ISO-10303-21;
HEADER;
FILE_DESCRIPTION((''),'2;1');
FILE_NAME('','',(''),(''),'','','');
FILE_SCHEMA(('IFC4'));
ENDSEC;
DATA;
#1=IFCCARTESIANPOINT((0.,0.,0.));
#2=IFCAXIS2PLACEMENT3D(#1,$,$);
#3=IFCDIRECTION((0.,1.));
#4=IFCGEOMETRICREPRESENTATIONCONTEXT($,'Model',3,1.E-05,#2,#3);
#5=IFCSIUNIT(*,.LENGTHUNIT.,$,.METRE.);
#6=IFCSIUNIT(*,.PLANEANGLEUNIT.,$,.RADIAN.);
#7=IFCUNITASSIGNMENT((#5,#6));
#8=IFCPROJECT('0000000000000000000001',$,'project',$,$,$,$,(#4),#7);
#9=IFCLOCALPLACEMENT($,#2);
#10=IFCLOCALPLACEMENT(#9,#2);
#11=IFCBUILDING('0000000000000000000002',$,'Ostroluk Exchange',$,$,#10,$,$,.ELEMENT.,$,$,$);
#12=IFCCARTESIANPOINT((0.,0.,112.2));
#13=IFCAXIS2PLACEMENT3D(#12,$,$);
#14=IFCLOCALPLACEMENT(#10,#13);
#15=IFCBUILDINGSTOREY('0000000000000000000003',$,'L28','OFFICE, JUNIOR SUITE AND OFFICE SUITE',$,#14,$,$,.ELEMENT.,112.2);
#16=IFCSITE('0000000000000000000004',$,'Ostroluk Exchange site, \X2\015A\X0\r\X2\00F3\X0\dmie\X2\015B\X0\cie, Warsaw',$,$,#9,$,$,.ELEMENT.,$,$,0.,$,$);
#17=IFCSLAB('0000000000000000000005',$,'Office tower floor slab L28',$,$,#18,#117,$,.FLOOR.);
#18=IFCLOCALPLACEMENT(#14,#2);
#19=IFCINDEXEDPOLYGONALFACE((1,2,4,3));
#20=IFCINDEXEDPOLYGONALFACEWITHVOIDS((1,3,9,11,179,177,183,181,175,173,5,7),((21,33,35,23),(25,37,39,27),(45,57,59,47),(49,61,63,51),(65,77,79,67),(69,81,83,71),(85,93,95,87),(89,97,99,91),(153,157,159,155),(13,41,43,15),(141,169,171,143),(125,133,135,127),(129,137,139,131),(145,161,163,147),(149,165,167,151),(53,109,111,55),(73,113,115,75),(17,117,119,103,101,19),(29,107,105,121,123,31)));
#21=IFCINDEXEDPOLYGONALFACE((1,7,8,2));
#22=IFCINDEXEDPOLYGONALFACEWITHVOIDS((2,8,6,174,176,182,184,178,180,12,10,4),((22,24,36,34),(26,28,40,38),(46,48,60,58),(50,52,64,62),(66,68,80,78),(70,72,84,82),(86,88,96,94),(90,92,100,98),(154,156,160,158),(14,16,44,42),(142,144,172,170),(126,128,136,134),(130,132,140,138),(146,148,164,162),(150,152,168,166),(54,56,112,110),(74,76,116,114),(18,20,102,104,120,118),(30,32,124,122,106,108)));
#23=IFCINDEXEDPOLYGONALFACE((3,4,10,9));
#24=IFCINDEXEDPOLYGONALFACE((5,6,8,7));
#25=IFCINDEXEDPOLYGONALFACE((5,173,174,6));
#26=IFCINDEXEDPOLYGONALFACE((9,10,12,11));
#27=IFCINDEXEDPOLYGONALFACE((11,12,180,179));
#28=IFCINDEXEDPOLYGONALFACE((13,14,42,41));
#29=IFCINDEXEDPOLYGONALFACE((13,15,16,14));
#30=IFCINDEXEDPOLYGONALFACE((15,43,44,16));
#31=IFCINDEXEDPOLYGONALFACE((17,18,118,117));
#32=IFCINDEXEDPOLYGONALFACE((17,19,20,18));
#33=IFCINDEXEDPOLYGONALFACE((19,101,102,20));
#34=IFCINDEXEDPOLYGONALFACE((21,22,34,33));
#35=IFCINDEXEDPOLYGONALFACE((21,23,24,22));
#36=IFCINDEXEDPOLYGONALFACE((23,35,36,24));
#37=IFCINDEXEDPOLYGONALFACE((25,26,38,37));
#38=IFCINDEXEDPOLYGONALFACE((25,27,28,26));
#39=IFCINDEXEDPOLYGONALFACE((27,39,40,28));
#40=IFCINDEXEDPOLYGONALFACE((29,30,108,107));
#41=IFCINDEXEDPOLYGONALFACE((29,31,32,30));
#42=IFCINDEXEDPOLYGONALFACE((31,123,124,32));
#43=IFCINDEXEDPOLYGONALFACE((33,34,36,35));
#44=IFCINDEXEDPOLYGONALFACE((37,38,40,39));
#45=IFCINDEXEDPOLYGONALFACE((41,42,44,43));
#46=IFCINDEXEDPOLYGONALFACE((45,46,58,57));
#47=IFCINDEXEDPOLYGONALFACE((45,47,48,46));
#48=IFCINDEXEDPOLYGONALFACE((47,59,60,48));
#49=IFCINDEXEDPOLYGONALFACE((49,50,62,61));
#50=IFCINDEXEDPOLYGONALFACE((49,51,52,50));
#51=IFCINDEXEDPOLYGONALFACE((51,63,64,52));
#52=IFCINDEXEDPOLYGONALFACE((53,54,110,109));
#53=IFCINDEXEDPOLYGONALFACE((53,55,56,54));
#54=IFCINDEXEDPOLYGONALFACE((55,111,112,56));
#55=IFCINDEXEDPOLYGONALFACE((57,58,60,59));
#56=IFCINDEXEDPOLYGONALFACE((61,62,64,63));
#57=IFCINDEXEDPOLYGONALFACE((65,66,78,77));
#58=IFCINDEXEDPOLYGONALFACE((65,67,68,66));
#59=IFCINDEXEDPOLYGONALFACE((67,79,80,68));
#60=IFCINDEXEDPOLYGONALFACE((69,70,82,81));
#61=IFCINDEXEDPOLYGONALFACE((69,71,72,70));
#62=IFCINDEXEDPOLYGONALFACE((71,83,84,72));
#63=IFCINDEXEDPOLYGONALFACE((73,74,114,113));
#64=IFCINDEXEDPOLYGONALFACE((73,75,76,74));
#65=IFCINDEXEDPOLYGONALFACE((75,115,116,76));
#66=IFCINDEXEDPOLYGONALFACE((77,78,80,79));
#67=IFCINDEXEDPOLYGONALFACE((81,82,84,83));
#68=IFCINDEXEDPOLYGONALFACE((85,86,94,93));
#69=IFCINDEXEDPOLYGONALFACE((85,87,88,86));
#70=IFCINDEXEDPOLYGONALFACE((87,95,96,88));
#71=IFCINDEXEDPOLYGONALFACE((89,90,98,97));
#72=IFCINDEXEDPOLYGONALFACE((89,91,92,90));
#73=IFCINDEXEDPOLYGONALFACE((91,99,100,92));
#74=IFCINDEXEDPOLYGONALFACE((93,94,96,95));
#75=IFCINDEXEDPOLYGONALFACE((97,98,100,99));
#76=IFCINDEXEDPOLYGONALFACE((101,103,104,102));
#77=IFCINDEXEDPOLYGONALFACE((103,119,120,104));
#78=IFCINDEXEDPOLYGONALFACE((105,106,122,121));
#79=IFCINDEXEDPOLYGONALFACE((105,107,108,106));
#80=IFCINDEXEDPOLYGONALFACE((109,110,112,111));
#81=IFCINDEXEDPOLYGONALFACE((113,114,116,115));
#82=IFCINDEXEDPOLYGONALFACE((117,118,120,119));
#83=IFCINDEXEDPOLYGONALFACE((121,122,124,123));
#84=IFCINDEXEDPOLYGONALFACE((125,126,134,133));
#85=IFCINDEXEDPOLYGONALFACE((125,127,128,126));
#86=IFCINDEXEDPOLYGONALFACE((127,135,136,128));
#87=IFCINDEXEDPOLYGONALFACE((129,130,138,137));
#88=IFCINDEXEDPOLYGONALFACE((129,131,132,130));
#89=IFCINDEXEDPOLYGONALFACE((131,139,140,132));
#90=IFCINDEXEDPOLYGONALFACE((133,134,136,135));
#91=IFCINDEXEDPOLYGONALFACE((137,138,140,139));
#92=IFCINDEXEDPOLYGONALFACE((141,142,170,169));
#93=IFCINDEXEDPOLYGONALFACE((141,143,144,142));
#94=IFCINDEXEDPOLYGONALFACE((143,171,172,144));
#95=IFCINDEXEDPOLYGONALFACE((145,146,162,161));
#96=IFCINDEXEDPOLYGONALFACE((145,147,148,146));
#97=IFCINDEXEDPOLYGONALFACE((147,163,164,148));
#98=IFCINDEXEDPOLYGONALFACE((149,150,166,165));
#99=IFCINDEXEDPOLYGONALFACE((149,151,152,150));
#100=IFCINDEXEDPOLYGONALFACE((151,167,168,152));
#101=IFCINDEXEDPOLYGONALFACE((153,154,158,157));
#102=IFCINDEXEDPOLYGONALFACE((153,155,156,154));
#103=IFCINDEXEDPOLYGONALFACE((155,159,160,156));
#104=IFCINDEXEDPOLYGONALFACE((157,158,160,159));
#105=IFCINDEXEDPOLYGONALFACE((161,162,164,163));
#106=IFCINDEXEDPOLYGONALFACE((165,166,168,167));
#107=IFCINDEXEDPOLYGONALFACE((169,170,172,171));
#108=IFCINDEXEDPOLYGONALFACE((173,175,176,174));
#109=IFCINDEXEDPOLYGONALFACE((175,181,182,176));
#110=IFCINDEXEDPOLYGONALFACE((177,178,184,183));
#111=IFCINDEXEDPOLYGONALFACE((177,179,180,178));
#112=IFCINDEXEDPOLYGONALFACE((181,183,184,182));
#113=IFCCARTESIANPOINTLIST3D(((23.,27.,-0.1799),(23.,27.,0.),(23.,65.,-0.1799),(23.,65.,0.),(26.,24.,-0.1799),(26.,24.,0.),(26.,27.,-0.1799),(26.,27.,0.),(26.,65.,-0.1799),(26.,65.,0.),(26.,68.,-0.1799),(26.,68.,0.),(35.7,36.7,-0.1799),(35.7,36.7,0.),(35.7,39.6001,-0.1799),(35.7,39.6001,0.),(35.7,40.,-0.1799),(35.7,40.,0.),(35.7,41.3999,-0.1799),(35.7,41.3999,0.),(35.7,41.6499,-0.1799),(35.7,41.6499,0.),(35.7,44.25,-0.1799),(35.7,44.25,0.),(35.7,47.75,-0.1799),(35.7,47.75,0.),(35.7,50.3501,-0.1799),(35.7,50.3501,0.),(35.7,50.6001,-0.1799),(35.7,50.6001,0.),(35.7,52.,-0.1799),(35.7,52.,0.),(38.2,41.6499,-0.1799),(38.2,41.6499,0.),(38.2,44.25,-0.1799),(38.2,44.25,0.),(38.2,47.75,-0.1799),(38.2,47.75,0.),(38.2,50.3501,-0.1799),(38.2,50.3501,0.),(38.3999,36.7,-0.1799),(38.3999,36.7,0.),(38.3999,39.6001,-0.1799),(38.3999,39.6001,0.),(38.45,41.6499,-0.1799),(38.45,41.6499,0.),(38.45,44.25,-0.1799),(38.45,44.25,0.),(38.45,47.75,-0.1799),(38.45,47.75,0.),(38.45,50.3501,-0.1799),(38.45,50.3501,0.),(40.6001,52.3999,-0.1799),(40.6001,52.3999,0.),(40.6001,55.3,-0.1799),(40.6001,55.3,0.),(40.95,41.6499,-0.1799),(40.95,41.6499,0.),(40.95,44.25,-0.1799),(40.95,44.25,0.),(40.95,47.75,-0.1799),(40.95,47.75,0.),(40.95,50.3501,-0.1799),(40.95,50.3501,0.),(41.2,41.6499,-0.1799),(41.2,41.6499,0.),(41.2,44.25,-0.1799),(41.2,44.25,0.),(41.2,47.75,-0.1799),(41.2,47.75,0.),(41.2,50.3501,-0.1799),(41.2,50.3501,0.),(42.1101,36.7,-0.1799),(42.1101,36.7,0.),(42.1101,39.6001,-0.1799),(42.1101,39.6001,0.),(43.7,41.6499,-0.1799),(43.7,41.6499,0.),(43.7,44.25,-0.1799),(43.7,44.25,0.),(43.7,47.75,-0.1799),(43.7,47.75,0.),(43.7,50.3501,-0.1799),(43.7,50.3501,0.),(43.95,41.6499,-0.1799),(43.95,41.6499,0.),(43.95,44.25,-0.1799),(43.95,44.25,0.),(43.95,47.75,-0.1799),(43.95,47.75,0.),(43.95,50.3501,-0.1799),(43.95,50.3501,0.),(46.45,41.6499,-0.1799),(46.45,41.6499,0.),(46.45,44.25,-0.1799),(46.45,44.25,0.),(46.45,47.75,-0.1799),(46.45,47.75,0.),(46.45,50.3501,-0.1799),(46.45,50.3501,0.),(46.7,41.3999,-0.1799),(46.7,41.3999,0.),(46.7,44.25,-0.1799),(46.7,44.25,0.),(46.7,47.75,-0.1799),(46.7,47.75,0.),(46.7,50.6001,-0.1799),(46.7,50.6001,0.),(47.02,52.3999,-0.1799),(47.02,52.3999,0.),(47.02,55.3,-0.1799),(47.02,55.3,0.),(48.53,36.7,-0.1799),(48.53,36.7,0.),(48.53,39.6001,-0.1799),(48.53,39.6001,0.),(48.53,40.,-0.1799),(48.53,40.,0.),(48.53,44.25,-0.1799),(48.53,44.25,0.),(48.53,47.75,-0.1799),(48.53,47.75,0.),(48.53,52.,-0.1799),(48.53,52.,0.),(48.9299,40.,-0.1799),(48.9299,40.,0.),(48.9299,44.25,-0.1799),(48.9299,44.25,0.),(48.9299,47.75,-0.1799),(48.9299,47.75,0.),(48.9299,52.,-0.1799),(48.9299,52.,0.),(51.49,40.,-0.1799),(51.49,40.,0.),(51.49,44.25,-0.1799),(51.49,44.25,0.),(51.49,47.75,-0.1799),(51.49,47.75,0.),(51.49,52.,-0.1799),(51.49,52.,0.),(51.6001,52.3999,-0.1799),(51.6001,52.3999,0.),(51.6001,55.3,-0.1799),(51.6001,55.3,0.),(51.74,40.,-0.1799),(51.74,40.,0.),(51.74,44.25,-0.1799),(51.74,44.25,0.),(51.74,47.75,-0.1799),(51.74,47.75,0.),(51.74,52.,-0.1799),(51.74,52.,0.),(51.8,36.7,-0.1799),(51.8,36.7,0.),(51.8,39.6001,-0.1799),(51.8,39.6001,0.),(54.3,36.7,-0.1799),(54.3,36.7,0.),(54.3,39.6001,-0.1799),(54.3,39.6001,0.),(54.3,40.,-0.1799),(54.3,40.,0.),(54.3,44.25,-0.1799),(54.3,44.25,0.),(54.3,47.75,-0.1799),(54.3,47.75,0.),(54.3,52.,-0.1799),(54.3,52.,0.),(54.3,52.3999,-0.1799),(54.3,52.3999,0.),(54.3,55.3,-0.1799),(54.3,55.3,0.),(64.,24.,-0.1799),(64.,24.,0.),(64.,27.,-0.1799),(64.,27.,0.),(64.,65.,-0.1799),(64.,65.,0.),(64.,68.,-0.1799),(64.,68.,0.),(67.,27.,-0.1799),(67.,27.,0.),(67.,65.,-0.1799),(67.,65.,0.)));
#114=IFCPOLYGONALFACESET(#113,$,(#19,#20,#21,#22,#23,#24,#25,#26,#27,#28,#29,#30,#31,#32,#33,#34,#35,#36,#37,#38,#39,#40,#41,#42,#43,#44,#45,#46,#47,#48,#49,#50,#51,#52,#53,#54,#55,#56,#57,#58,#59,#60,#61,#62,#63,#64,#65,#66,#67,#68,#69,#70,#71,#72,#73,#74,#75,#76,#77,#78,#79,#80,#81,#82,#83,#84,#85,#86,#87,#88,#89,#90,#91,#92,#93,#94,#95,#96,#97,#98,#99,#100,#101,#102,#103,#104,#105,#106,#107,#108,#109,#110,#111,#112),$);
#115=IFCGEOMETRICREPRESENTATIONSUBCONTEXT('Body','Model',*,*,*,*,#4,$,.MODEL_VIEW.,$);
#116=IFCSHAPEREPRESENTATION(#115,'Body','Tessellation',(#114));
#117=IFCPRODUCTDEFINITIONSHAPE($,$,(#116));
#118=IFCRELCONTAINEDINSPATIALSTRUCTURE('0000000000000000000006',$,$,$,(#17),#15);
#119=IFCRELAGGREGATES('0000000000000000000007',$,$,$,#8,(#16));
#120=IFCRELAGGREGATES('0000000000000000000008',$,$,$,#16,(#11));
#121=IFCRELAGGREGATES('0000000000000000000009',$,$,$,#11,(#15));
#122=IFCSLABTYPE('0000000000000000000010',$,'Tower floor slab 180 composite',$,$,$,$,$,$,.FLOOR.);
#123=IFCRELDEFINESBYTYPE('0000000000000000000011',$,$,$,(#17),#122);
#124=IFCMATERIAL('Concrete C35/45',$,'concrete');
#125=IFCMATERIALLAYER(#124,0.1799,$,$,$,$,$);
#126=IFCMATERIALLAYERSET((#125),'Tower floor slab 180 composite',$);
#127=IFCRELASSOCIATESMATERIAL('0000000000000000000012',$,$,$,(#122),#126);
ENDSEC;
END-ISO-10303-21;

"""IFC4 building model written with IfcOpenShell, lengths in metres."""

from ifc_helpers import new_model, si_unit, direction, frame, origin, place, context, subcontext, project, spatial, polyline, outline, extrude, material, layer, layer_set, type_object, element, save


model = new_model("IFC4")

# Units and contexts
model_context = context("Model", 3, precision=1e-05, world=origin(), true_north=direction((0.0, 1.0)))
body_context = subcontext(model_context, "Body", "Model", "MODEL_VIEW")
ifc_project = project(units=[si_unit("LENGTHUNIT", "METRE"), si_unit("PLANEANGLEUNIT", "RADIAN")], contexts=[model_context])

# Site, building, storey
site_placement = place(None, origin())
site = spatial("IfcSite", under=ifc_project, at=site_placement, Name="Ostroluk Exchange site, Śródmieście, Warsaw", CompositionType="ELEMENT", RefElevation=0.0)
building_placement = place(site_placement, origin())
building = spatial("IfcBuilding", under=site, at=building_placement, Name="Ostroluk Exchange", CompositionType="ELEMENT")
storey_placement = place(building_placement, frame((0.0, 0.0, 112.2)))
storey = spatial("IfcBuildingStorey", under=building, at=storey_placement, Name="L28", Description="OFFICE, JUNIOR SUITE AND OFFICE SUITE", CompositionType="ELEMENT", Elevation=112.2)

# Slab
ifc_material_1 = material(Name="Concrete C35/45", Category="concrete")
ifc_layer_1 = layer(ifc_material_1, 0.1799)
ifc_layer_set_1 = layer_set([ifc_layer_1], Name="Tower floor slab 180 composite")
slab_type_1 = type_object("IfcSlabType", Name="Tower floor slab 180 composite", PredefinedType="FLOOR", material=ifc_layer_set_1)
slab_1_placement = place(storey_placement, frame((0.0, 0.0, -0.1799)))
element("IfcSlab", 1, at=slab_1_placement, inside=storey, type_object=slab_type_1, Name="Office tower floor slab L28", PredefinedType="FLOOR", context=body_context, shape_type="SweptSolid", body=[
    extrude(outline(polyline([(26.0, 24.0), (64.0, 24.0), (64.0, 27.0), (67.0, 27.0), (67.0, 65.0), (64.0, 65.0), (64.0, 68.0), (26.0, 68.0), (26.0, 65.0), (23.0, 65.0), (23.0, 27.0), (26.0, 27.0), (26.0, 24.0)]), holes=[polyline([(35.7, 36.7), (38.3999, 36.7), (38.3999, 39.6001), (35.7, 39.6001), (35.7, 36.7)]), polyline([(42.1101, 36.7), (48.53, 36.7), (48.53, 39.6001), (42.1101, 39.6001), (42.1101, 36.7)]), polyline([(51.8, 36.7), (54.3, 36.7), (54.3, 39.6001), (51.8, 39.6001), (51.8, 36.7)]), polyline([(40.6001, 52.3999), (47.02, 52.3999), (47.02, 55.3), (40.6001, 55.3), (40.6001, 52.3999)]), polyline([(51.6001, 52.3999), (54.3, 52.3999), (54.3, 55.3), (51.6001, 55.3), (51.6001, 52.3999)]), polyline([(35.7, 47.75), (38.2, 47.75), (38.2, 50.3501), (35.7, 50.3501), (35.7, 47.75)]), polyline([(38.45, 47.75), (40.95, 47.75), (40.95, 50.3501), (38.45, 50.3501), (38.45, 47.75)]), polyline([(41.2, 47.75), (43.7, 47.75), (43.7, 50.3501), (41.2, 50.3501), (41.2, 47.75)]), polyline([(43.95, 47.75), (46.45, 47.75), (46.45, 50.3501), (43.95, 50.3501), (43.95, 47.75)]), polyline([(35.7, 41.6499), (38.2, 41.6499), (38.2, 44.25), (35.7, 44.25), (35.7, 41.6499)]), polyline([(38.45, 41.6499), (40.95, 41.6499), (40.95, 44.25), (38.45, 44.25), (38.45, 41.6499)]), polyline([(41.2, 41.6499), (43.7, 41.6499), (43.7, 44.25), (41.2, 44.25), (41.2, 41.6499)]), polyline([(43.95, 41.6499), (46.45, 41.6499), (46.45, 44.25), (43.95, 44.25), (43.95, 41.6499)]), polyline([(48.9299, 47.75), (51.49, 47.75), (51.49, 52.0), (48.9299, 52.0), (48.9299, 47.75)]), polyline([(51.74, 47.75), (54.3, 47.75), (54.3, 52.0), (51.74, 52.0), (51.74, 47.75)]), polyline([(48.9299, 40.0), (51.49, 40.0), (51.49, 44.25), (48.9299, 44.25), (48.9299, 40.0)]), polyline([(51.74, 40.0), (54.3, 40.0), (54.3, 44.25), (51.74, 44.25), (51.74, 40.0)]), polyline([(48.53, 52.0), (48.53, 47.75), (46.7, 47.75), (46.7, 50.6001), (35.7, 50.6001), (35.7, 52.0), (48.53, 52.0)]), polyline([(35.7, 40.0), (35.7, 41.3999), (46.7, 41.3999), (46.7, 44.25), (48.53, 44.25), (48.53, 40.0), (35.7, 40.0)])]), origin(), (0.0, 0.0, 1.0), 0.1799),
])

save(model, "model.ifc")
